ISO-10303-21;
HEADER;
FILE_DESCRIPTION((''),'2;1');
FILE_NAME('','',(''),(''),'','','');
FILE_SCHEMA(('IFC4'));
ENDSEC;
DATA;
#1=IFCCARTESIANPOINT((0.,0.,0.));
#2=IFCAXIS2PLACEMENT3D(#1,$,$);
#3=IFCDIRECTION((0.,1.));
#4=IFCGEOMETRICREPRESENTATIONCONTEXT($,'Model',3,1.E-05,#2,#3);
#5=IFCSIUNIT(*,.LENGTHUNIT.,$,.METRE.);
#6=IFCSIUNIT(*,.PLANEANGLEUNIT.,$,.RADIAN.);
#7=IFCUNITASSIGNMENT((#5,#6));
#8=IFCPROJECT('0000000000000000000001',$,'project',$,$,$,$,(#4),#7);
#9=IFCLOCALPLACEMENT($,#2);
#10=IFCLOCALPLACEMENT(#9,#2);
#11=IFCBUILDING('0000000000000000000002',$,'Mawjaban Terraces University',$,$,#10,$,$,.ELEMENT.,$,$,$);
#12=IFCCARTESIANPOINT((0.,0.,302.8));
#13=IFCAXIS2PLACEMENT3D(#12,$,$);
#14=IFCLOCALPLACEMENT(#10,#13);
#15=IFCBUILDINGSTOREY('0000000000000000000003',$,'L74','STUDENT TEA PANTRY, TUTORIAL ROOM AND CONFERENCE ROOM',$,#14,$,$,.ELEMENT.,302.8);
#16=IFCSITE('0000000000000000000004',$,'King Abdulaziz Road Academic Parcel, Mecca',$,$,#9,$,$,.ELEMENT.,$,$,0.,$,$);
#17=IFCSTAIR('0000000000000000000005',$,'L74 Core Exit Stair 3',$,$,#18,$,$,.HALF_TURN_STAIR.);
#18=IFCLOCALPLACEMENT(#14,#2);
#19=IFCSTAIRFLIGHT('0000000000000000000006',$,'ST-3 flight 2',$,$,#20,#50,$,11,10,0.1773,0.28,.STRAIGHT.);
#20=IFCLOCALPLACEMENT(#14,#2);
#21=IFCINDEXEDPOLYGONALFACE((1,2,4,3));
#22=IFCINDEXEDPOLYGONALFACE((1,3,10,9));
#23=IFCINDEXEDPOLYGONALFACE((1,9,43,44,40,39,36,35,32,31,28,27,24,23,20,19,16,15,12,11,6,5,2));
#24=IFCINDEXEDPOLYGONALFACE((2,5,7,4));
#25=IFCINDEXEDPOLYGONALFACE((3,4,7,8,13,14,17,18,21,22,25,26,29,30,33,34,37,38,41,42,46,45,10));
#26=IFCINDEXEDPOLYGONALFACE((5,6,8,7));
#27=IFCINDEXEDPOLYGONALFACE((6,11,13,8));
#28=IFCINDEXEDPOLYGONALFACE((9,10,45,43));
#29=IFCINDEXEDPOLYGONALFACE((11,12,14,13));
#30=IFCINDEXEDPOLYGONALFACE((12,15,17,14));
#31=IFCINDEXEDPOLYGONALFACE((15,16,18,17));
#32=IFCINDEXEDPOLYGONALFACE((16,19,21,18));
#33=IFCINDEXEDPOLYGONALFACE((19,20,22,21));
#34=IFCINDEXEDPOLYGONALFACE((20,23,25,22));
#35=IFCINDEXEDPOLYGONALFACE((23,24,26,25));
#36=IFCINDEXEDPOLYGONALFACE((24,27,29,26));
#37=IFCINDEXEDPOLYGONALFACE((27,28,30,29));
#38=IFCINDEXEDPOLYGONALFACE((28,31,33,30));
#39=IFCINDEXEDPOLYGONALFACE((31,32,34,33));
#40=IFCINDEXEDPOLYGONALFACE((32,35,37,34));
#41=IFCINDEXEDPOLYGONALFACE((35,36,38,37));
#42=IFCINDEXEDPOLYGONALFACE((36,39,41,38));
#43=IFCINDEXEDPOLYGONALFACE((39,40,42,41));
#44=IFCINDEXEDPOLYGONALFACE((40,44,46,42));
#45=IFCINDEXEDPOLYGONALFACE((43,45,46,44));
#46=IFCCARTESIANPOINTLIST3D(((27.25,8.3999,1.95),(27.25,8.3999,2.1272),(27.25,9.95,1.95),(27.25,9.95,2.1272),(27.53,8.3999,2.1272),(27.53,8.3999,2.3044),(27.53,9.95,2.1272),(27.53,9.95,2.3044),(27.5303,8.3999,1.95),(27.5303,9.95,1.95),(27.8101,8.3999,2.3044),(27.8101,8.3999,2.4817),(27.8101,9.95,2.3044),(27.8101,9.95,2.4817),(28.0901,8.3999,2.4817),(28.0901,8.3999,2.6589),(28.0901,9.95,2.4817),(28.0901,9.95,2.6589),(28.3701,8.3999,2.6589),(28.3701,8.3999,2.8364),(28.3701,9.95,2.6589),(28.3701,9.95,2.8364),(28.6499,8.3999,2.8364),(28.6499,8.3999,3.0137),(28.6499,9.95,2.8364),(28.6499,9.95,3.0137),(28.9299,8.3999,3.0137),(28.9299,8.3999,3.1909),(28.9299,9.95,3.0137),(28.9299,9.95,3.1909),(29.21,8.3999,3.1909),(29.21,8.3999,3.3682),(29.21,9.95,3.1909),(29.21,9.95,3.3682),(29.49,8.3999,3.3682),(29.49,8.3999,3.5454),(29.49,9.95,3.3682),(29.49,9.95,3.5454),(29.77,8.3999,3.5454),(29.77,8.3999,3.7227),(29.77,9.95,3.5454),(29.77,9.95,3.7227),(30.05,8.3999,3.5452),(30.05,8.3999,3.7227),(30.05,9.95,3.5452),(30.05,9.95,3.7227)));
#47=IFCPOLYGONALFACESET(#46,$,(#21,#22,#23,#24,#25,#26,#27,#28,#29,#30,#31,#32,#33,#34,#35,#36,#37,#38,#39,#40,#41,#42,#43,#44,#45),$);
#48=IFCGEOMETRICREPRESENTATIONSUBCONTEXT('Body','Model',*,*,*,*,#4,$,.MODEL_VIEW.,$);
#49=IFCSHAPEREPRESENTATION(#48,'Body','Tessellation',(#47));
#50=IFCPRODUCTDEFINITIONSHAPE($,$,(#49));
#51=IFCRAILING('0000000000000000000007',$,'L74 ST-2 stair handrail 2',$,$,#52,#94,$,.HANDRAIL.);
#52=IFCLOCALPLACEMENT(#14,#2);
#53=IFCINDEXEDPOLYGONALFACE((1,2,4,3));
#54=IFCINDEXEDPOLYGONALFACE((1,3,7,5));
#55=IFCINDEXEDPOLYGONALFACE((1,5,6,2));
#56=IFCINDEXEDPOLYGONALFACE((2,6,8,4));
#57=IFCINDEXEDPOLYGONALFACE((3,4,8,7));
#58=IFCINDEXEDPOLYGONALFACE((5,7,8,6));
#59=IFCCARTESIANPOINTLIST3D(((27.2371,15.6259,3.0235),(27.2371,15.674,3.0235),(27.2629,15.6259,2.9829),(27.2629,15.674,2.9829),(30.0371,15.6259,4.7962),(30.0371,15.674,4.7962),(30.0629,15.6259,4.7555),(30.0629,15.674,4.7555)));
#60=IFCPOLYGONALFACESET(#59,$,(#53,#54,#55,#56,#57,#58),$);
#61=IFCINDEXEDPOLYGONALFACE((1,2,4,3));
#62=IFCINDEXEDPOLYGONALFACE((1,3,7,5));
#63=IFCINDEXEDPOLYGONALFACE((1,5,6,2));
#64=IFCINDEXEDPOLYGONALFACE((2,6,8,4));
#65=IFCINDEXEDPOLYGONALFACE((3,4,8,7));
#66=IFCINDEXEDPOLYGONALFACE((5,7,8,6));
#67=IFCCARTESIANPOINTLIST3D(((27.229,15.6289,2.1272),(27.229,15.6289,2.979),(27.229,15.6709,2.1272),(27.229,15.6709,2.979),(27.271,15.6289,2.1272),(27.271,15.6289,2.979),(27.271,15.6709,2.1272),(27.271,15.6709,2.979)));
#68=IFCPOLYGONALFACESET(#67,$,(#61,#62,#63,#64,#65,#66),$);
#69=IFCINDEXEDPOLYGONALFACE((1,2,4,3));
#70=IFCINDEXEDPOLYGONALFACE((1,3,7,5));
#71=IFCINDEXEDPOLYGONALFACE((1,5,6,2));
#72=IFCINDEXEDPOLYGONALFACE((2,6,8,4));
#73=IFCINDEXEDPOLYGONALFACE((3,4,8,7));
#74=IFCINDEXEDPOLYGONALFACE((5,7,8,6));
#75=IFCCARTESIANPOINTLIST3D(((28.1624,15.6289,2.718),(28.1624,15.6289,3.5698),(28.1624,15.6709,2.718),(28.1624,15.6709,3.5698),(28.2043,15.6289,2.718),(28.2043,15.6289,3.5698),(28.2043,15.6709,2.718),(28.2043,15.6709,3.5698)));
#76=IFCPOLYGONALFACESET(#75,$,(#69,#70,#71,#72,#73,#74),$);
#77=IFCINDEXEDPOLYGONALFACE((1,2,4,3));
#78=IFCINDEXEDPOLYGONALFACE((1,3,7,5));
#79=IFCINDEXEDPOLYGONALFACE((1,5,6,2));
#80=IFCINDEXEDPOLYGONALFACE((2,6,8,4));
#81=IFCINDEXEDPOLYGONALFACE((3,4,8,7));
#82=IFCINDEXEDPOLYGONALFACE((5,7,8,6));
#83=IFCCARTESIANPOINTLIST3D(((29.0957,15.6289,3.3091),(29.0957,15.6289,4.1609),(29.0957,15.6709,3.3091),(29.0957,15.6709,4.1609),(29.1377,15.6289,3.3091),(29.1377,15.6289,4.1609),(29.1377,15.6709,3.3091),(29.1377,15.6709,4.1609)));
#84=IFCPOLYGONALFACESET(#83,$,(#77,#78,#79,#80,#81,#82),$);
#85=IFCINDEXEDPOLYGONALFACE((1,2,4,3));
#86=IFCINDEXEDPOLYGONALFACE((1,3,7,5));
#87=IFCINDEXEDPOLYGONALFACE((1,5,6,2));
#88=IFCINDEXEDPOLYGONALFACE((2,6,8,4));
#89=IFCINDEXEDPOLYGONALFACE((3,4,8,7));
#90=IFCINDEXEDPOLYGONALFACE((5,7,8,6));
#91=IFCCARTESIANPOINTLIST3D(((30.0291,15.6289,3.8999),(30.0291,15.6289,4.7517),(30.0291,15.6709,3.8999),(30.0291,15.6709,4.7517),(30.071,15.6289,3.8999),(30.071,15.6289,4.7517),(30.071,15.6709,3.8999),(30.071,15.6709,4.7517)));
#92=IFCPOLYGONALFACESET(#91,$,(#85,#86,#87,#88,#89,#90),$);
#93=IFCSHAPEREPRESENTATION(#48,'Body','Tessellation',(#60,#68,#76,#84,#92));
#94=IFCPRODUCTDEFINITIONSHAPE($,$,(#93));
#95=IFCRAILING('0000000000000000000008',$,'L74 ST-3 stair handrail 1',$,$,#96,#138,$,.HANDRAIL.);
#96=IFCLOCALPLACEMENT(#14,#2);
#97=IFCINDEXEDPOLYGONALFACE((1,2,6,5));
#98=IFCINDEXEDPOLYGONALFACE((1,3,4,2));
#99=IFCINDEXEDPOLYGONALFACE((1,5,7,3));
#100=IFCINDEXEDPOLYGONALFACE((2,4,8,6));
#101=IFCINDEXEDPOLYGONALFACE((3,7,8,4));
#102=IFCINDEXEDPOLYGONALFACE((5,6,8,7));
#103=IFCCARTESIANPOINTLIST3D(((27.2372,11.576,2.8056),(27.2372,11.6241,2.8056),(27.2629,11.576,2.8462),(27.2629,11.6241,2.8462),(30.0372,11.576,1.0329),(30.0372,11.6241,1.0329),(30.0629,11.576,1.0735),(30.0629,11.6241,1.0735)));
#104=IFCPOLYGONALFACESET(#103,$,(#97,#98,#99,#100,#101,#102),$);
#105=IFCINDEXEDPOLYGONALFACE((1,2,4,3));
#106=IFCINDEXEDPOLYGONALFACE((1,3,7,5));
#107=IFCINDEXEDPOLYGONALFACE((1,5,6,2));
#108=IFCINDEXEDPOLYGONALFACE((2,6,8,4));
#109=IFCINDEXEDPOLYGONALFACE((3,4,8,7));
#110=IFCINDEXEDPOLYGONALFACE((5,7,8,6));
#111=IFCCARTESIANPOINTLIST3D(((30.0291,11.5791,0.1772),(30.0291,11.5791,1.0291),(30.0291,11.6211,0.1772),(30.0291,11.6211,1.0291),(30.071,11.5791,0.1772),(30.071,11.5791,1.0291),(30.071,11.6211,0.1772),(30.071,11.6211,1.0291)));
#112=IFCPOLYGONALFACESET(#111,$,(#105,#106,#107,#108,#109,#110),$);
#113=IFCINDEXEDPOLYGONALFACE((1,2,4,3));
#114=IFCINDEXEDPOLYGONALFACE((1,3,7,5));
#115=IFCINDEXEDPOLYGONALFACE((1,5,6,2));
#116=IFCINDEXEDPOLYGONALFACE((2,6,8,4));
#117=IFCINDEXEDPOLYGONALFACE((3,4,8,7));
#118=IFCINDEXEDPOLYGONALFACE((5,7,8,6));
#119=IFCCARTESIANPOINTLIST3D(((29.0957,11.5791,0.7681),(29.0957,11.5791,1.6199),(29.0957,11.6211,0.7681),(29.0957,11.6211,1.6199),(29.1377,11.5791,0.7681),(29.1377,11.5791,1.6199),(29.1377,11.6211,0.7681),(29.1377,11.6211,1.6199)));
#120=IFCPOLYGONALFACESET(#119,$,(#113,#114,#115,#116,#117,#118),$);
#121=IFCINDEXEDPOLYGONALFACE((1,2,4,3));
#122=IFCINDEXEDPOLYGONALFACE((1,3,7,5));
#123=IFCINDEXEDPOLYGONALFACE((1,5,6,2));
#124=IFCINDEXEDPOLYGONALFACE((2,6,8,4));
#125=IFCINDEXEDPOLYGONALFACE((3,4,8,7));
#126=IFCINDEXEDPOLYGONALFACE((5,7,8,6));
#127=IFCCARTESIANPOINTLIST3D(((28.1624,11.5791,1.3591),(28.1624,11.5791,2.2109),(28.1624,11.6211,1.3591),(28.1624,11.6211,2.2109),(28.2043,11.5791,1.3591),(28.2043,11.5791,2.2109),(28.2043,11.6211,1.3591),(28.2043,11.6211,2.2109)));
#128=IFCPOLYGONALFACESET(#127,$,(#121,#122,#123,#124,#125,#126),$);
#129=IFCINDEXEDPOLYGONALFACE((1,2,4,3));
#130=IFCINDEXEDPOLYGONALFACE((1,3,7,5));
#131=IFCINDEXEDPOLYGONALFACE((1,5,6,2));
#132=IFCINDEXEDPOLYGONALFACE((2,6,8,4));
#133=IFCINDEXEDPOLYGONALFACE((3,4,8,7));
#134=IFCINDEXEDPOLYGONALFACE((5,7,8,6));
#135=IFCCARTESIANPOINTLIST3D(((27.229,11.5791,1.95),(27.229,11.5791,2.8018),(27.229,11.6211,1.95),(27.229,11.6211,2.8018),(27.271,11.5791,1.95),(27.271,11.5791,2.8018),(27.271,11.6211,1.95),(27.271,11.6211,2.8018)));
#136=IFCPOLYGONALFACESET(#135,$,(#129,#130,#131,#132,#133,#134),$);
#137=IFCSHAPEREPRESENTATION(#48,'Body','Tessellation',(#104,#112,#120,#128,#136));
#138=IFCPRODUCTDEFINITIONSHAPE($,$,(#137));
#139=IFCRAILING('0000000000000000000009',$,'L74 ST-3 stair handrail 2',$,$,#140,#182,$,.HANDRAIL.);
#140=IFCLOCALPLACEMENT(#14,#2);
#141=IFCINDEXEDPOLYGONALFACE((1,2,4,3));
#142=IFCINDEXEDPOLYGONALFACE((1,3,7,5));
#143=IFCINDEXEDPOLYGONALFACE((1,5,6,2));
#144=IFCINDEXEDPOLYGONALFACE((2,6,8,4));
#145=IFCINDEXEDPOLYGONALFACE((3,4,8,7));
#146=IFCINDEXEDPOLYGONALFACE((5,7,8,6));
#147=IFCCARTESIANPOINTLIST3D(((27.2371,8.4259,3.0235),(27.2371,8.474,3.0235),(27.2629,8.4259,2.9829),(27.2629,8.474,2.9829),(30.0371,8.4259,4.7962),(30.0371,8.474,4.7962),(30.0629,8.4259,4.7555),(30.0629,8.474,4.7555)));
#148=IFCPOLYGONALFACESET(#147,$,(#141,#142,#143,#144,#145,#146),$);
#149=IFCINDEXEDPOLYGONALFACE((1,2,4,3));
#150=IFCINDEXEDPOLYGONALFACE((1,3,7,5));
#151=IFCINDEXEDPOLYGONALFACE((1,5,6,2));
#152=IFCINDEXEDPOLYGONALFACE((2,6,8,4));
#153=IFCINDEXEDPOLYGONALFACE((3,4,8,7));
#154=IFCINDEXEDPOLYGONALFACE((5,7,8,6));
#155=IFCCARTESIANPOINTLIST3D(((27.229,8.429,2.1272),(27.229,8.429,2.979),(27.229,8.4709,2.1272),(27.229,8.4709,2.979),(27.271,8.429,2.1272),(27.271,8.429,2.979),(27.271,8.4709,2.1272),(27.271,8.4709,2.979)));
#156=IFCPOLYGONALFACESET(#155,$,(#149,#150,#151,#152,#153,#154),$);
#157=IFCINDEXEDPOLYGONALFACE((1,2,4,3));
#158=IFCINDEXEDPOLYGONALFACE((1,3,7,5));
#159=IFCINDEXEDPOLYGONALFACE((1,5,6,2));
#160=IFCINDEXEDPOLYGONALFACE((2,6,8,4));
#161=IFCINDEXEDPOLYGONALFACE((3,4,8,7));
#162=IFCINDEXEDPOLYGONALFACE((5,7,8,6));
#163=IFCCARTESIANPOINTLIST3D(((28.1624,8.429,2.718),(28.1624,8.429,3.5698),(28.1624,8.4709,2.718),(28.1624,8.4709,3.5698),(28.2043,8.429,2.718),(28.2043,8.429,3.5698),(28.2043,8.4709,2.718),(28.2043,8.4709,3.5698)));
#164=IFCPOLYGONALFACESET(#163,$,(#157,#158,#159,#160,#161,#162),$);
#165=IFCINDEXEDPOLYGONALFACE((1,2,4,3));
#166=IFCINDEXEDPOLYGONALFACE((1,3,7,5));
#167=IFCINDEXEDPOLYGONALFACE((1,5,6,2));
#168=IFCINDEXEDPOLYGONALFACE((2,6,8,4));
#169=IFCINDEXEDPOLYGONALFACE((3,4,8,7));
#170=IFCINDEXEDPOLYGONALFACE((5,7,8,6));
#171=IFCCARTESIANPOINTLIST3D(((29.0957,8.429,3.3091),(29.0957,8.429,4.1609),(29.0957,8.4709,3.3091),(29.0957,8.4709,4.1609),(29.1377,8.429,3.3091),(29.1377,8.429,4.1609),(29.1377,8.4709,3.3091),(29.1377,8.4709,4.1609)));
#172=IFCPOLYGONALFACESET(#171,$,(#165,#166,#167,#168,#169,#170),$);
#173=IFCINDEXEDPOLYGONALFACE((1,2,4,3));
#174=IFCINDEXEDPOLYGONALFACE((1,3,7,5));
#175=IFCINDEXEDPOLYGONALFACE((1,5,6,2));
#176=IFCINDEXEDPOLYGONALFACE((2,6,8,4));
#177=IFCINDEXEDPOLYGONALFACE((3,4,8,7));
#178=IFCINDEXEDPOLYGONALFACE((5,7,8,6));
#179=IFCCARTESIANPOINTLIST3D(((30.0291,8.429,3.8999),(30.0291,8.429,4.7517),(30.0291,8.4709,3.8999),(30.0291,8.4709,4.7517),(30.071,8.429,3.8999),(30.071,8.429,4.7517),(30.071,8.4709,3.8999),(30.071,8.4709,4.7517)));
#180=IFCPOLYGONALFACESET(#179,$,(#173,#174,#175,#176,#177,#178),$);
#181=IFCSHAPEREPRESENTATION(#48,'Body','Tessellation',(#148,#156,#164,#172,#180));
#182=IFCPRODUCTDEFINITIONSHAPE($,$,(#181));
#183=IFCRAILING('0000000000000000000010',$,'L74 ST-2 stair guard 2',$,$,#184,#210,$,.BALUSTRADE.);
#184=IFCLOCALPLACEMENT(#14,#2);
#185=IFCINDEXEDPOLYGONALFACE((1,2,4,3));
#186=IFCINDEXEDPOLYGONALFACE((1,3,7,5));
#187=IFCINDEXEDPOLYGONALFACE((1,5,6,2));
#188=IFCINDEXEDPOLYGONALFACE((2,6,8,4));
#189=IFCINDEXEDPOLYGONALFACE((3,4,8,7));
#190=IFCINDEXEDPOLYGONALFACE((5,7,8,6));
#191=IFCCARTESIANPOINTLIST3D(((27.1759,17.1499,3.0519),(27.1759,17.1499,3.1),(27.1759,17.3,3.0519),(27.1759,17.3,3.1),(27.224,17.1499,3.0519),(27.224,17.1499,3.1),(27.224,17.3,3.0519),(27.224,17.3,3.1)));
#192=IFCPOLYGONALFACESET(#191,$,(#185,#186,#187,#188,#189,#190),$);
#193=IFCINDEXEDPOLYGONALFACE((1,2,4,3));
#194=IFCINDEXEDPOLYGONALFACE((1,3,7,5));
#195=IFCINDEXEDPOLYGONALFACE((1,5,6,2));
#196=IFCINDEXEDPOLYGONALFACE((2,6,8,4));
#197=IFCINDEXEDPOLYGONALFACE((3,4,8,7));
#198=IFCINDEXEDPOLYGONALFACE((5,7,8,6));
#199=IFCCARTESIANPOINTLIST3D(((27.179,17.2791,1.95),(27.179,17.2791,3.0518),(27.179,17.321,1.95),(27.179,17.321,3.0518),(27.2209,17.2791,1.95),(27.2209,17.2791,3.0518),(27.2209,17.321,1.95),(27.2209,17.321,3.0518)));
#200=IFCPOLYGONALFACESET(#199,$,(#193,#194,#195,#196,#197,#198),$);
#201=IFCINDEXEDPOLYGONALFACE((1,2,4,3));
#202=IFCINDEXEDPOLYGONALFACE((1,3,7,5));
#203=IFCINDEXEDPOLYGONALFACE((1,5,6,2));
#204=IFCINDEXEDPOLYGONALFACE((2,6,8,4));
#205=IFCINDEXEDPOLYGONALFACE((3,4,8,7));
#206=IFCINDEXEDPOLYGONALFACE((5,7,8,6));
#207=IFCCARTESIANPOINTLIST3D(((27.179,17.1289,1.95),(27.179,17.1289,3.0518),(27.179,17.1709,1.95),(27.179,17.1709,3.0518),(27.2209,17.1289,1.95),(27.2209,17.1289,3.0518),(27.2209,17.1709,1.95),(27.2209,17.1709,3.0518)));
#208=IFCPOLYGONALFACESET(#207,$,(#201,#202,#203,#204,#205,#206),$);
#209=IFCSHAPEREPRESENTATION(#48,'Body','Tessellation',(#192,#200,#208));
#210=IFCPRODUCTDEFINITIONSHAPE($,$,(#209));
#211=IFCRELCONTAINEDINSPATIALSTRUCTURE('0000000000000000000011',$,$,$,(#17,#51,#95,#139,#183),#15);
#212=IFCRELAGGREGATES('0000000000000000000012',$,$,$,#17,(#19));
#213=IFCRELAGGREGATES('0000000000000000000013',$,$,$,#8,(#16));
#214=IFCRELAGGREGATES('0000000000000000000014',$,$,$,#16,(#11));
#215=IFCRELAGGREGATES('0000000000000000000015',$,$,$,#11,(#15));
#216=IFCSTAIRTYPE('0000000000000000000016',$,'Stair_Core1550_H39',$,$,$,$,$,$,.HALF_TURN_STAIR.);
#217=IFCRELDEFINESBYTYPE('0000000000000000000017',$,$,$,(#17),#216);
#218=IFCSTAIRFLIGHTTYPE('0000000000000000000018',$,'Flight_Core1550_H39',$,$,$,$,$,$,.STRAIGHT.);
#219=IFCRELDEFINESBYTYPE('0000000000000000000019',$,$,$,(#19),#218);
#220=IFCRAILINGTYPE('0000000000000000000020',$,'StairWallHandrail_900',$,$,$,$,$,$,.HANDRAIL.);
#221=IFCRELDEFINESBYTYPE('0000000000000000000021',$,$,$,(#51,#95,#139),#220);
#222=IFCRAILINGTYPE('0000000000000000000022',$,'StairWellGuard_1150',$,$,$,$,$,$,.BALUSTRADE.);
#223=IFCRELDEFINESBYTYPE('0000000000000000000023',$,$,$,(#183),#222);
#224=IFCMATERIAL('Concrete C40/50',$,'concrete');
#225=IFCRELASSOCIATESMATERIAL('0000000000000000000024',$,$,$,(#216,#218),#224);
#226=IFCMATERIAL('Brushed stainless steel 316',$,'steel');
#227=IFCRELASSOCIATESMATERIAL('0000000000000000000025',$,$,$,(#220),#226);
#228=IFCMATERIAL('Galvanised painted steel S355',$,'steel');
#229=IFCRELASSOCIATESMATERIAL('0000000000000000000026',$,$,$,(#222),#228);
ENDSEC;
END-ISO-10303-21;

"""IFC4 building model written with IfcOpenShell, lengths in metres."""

from ifc_helpers import new_model, si_unit, direction, frame, origin, origin_2d, place, context, subcontext, project, spatial, polyline, rectangle, outline, extrude, material, type_object, element, aggregate, save


model = new_model("IFC4")

# Units and contexts
model_context = context("Model", 3, precision=1e-05, world=origin(), true_north=direction((0.0, 1.0)))
body_context = subcontext(model_context, "Body", "Model", "MODEL_VIEW")
ifc_project = project(units=[si_unit("LENGTHUNIT", "METRE"), si_unit("PLANEANGLEUNIT", "RADIAN")], contexts=[model_context])

# Site, building, storey
site_placement = place(None, origin())
site = spatial("IfcSite", under=ifc_project, at=site_placement, Name="King Abdulaziz Road Academic Parcel, Mecca", CompositionType="ELEMENT", RefElevation=0.0)
building_placement = place(site_placement, origin())
building = spatial("IfcBuilding", under=site, at=building_placement, Name="Mawjaban Terraces University", CompositionType="ELEMENT")
storey_placement = place(building_placement, frame((0.0, 0.0, 302.8)))
storey = spatial("IfcBuildingStorey", under=building, at=storey_placement, Name="L74", Description="STUDENT TEA PANTRY, TUTORIAL ROOM AND CONFERENCE ROOM", CompositionType="ELEMENT", Elevation=302.8)

# Shared definitions
ifc_material_1 = material(Name="Concrete C40/50", Category="concrete")

# Shared definitions
stair_type = type_object("IfcStairType", Name="Stair_Core1550_H39", PredefinedType="HALF_TURN_STAIR", material=ifc_material_1)
stair_flight_type = type_object("IfcStairFlightType", Name="Flight_Core1550_H39", PredefinedType="STRAIGHT", material=ifc_material_1)

# Stair, stair flight
stair_1_placement = place(storey_placement, origin())
stair_1 = element("IfcStair", 1, at=stair_1_placement, inside=storey, type_object=stair_type, Name="L74 Core Exit Stair 3", PredefinedType="HALF_TURN_STAIR")
stair_flight_1_placement = place(storey_placement, frame((27.25, 9.175, 1.95), z_axis=(0.0, 0.0, 1.0), x_axis=(1.0, 0.0, 0.0)))
stair_flight_1 = element("IfcStairFlight", 2, at=stair_flight_1_placement, type_object=stair_flight_type, Name="ST-3 flight 2", NumberOfRisers=11, NumberOfTreads=10, PredefinedType="STRAIGHT", RiserHeight=0.1773, TreadLength=0.28, context=body_context, shape_type="SweptSolid", body=[
    extrude(outline(polyline([(0.0, 0.0), (0.0, 0.1772), (0.28, 0.1772), (0.28, 0.3545), (0.5601, 0.3545), (0.5601, 0.5317), (0.8401, 0.5317), (0.8401, 0.709), (1.1201, 0.709), (1.1201, 0.8865), (1.3999, 0.8865), (1.3999, 1.0637), (1.6799, 1.0637), (1.6799, 1.241), (1.96, 1.241), (1.96, 1.4182), (2.24, 1.4182), (2.24, 1.5955), (2.52, 1.5955), (2.52, 1.7727), (2.8, 1.7727), (2.8, 1.95), (2.8, 1.5952), (0.2803, 0.0), (0.0, 0.0)])), frame((0.0, 0.7749, 0.0), z_axis=(0.0, -1.0, 0.0), x_axis=(1.0, 0.0, 0.0)), (0.0, 0.0, 1.0), 1.55),
])
aggregate(stair_1, [stair_flight_1])

# Railings
ifc_material_2 = material(Name="Brushed stainless steel 316", Category="steel")
railing_type_1 = type_object("IfcRailingType", Name="StairWallHandrail_900", PredefinedType="HANDRAIL", material=ifc_material_2)
railing_1_placement = place(storey_placement, frame((27.25, 15.6499, 2.1272)))
element("IfcRailing", 3, at=railing_1_placement, inside=storey, type_object=railing_type_1, Name="L74 ST-2 stair handrail 2", PredefinedType="HANDRAIL", context=body_context, shape_type="SweptSolid", body=[
    extrude(rectangle(XDim=0.0481, YDim=0.0481, at=origin_2d()), frame((0.0, 0.0, 0.876), z_axis=(0.844909, 0.0, 0.53491), x_axis=(0.0, 1.0, 0.0)), (0.0, 0.0, 1.0), 3.314),
    extrude(rectangle(XDim=0.042, YDim=0.042, at=origin_2d()), origin(), (0.0, 0.0, 1.0), 0.8518),
    extrude(rectangle(XDim=0.042, YDim=0.042, at=origin_2d()), frame((0.9333, 0.0, 0.5908)), (0.0, 0.0, 1.0), 0.8518),
    extrude(rectangle(XDim=0.042, YDim=0.042, at=origin_2d()), frame((1.8667, 0.0, 1.1819)), (0.0, 0.0, 1.0), 0.8518),
    extrude(rectangle(XDim=0.042, YDim=0.042, at=origin_2d()), frame((2.8, 0.0, 1.7727)), (0.0, 0.0, 1.0), 0.8518),
])
railing_2_placement = place(storey_placement, frame((30.05, 11.6001, 0.1772)))
element("IfcRailing", 4, at=railing_2_placement, inside=storey, type_object=railing_type_1, Name="L74 ST-3 stair handrail 1", PredefinedType="HANDRAIL", context=body_context, shape_type="SweptSolid", body=[
    extrude(rectangle(XDim=0.0481, YDim=0.0481, at=origin_2d()), frame((0.0, 0.0, 0.876), z_axis=(-0.844909, 0.0, 0.53491), x_axis=(0.0, -1.0, 0.0)), (0.0, 0.0, 1.0), 3.314),
    extrude(rectangle(XDim=0.042, YDim=0.042, at=origin_2d()), origin(), (0.0, 0.0, 1.0), 0.8518),
    extrude(rectangle(XDim=0.042, YDim=0.042, at=origin_2d()), frame((-0.9333, 0.0, 0.5908)), (0.0, 0.0, 1.0), 0.8518),
    extrude(rectangle(XDim=0.042, YDim=0.042, at=origin_2d()), frame((-1.8667, 0.0, 1.1819)), (0.0, 0.0, 1.0), 0.8518),
    extrude(rectangle(XDim=0.042, YDim=0.042, at=origin_2d()), frame((-2.8, 0.0, 1.7727)), (0.0, 0.0, 1.0), 0.8518),
])
railing_3_placement = place(storey_placement, frame((27.25, 8.45, 2.1272)))
element("IfcRailing", 5, at=railing_3_placement, inside=storey, type_object=railing_type_1, Name="L74 ST-3 stair handrail 2", PredefinedType="HANDRAIL", context=body_context, shape_type="SweptSolid", body=[
    extrude(rectangle(XDim=0.0481, YDim=0.0481, at=origin_2d()), frame((0.0, 0.0, 0.876), z_axis=(0.844909, 0.0, 0.53491), x_axis=(0.0, 1.0, 0.0)), (0.0, 0.0, 1.0), 3.314),
    extrude(rectangle(XDim=0.042, YDim=0.042, at=origin_2d()), origin(), (0.0, 0.0, 1.0), 0.8518),
    extrude(rectangle(XDim=0.042, YDim=0.042, at=origin_2d()), frame((0.9333, 0.0, 0.5908)), (0.0, 0.0, 1.0), 0.8518),
    extrude(rectangle(XDim=0.042, YDim=0.042, at=origin_2d()), frame((1.8667, 0.0, 1.1819)), (0.0, 0.0, 1.0), 0.8518),
    extrude(rectangle(XDim=0.042, YDim=0.042, at=origin_2d()), frame((2.8, 0.0, 1.7727)), (0.0, 0.0, 1.0), 0.8518),
])
ifc_material_3 = material(Name="Galvanised painted steel S355", Category="steel")
railing_type_2 = type_object("IfcRailingType", Name="StairWellGuard_1150", PredefinedType="BALUSTRADE", material=ifc_material_3)
railing_4_placement = place(storey_placement, frame((27.2, 17.3, 1.95)))
element("IfcRailing", 6, at=railing_4_placement, inside=storey, type_object=railing_type_2, Name="L74 ST-2 stair guard 2", PredefinedType="BALUSTRADE", context=body_context, shape_type="SweptSolid", body=[
    extrude(rectangle(XDim=0.0481, YDim=0.0481, at=origin_2d()), frame((0.0, 0.0, 1.126), z_axis=(0.0, -1.0, 0.0), x_axis=(1.0, 0.0, 0.0)), (0.0, 0.0, 1.0), 0.1501),
    extrude(rectangle(XDim=0.042, YDim=0.042, at=origin_2d()), origin(), (0.0, 0.0, 1.0), 1.1018),
    extrude(rectangle(XDim=0.042, YDim=0.042, at=origin_2d()), frame((0.0, -0.1501, 0.0)), (0.0, 0.0, 1.0), 1.1018),
])

save(model, "model.ifc")
